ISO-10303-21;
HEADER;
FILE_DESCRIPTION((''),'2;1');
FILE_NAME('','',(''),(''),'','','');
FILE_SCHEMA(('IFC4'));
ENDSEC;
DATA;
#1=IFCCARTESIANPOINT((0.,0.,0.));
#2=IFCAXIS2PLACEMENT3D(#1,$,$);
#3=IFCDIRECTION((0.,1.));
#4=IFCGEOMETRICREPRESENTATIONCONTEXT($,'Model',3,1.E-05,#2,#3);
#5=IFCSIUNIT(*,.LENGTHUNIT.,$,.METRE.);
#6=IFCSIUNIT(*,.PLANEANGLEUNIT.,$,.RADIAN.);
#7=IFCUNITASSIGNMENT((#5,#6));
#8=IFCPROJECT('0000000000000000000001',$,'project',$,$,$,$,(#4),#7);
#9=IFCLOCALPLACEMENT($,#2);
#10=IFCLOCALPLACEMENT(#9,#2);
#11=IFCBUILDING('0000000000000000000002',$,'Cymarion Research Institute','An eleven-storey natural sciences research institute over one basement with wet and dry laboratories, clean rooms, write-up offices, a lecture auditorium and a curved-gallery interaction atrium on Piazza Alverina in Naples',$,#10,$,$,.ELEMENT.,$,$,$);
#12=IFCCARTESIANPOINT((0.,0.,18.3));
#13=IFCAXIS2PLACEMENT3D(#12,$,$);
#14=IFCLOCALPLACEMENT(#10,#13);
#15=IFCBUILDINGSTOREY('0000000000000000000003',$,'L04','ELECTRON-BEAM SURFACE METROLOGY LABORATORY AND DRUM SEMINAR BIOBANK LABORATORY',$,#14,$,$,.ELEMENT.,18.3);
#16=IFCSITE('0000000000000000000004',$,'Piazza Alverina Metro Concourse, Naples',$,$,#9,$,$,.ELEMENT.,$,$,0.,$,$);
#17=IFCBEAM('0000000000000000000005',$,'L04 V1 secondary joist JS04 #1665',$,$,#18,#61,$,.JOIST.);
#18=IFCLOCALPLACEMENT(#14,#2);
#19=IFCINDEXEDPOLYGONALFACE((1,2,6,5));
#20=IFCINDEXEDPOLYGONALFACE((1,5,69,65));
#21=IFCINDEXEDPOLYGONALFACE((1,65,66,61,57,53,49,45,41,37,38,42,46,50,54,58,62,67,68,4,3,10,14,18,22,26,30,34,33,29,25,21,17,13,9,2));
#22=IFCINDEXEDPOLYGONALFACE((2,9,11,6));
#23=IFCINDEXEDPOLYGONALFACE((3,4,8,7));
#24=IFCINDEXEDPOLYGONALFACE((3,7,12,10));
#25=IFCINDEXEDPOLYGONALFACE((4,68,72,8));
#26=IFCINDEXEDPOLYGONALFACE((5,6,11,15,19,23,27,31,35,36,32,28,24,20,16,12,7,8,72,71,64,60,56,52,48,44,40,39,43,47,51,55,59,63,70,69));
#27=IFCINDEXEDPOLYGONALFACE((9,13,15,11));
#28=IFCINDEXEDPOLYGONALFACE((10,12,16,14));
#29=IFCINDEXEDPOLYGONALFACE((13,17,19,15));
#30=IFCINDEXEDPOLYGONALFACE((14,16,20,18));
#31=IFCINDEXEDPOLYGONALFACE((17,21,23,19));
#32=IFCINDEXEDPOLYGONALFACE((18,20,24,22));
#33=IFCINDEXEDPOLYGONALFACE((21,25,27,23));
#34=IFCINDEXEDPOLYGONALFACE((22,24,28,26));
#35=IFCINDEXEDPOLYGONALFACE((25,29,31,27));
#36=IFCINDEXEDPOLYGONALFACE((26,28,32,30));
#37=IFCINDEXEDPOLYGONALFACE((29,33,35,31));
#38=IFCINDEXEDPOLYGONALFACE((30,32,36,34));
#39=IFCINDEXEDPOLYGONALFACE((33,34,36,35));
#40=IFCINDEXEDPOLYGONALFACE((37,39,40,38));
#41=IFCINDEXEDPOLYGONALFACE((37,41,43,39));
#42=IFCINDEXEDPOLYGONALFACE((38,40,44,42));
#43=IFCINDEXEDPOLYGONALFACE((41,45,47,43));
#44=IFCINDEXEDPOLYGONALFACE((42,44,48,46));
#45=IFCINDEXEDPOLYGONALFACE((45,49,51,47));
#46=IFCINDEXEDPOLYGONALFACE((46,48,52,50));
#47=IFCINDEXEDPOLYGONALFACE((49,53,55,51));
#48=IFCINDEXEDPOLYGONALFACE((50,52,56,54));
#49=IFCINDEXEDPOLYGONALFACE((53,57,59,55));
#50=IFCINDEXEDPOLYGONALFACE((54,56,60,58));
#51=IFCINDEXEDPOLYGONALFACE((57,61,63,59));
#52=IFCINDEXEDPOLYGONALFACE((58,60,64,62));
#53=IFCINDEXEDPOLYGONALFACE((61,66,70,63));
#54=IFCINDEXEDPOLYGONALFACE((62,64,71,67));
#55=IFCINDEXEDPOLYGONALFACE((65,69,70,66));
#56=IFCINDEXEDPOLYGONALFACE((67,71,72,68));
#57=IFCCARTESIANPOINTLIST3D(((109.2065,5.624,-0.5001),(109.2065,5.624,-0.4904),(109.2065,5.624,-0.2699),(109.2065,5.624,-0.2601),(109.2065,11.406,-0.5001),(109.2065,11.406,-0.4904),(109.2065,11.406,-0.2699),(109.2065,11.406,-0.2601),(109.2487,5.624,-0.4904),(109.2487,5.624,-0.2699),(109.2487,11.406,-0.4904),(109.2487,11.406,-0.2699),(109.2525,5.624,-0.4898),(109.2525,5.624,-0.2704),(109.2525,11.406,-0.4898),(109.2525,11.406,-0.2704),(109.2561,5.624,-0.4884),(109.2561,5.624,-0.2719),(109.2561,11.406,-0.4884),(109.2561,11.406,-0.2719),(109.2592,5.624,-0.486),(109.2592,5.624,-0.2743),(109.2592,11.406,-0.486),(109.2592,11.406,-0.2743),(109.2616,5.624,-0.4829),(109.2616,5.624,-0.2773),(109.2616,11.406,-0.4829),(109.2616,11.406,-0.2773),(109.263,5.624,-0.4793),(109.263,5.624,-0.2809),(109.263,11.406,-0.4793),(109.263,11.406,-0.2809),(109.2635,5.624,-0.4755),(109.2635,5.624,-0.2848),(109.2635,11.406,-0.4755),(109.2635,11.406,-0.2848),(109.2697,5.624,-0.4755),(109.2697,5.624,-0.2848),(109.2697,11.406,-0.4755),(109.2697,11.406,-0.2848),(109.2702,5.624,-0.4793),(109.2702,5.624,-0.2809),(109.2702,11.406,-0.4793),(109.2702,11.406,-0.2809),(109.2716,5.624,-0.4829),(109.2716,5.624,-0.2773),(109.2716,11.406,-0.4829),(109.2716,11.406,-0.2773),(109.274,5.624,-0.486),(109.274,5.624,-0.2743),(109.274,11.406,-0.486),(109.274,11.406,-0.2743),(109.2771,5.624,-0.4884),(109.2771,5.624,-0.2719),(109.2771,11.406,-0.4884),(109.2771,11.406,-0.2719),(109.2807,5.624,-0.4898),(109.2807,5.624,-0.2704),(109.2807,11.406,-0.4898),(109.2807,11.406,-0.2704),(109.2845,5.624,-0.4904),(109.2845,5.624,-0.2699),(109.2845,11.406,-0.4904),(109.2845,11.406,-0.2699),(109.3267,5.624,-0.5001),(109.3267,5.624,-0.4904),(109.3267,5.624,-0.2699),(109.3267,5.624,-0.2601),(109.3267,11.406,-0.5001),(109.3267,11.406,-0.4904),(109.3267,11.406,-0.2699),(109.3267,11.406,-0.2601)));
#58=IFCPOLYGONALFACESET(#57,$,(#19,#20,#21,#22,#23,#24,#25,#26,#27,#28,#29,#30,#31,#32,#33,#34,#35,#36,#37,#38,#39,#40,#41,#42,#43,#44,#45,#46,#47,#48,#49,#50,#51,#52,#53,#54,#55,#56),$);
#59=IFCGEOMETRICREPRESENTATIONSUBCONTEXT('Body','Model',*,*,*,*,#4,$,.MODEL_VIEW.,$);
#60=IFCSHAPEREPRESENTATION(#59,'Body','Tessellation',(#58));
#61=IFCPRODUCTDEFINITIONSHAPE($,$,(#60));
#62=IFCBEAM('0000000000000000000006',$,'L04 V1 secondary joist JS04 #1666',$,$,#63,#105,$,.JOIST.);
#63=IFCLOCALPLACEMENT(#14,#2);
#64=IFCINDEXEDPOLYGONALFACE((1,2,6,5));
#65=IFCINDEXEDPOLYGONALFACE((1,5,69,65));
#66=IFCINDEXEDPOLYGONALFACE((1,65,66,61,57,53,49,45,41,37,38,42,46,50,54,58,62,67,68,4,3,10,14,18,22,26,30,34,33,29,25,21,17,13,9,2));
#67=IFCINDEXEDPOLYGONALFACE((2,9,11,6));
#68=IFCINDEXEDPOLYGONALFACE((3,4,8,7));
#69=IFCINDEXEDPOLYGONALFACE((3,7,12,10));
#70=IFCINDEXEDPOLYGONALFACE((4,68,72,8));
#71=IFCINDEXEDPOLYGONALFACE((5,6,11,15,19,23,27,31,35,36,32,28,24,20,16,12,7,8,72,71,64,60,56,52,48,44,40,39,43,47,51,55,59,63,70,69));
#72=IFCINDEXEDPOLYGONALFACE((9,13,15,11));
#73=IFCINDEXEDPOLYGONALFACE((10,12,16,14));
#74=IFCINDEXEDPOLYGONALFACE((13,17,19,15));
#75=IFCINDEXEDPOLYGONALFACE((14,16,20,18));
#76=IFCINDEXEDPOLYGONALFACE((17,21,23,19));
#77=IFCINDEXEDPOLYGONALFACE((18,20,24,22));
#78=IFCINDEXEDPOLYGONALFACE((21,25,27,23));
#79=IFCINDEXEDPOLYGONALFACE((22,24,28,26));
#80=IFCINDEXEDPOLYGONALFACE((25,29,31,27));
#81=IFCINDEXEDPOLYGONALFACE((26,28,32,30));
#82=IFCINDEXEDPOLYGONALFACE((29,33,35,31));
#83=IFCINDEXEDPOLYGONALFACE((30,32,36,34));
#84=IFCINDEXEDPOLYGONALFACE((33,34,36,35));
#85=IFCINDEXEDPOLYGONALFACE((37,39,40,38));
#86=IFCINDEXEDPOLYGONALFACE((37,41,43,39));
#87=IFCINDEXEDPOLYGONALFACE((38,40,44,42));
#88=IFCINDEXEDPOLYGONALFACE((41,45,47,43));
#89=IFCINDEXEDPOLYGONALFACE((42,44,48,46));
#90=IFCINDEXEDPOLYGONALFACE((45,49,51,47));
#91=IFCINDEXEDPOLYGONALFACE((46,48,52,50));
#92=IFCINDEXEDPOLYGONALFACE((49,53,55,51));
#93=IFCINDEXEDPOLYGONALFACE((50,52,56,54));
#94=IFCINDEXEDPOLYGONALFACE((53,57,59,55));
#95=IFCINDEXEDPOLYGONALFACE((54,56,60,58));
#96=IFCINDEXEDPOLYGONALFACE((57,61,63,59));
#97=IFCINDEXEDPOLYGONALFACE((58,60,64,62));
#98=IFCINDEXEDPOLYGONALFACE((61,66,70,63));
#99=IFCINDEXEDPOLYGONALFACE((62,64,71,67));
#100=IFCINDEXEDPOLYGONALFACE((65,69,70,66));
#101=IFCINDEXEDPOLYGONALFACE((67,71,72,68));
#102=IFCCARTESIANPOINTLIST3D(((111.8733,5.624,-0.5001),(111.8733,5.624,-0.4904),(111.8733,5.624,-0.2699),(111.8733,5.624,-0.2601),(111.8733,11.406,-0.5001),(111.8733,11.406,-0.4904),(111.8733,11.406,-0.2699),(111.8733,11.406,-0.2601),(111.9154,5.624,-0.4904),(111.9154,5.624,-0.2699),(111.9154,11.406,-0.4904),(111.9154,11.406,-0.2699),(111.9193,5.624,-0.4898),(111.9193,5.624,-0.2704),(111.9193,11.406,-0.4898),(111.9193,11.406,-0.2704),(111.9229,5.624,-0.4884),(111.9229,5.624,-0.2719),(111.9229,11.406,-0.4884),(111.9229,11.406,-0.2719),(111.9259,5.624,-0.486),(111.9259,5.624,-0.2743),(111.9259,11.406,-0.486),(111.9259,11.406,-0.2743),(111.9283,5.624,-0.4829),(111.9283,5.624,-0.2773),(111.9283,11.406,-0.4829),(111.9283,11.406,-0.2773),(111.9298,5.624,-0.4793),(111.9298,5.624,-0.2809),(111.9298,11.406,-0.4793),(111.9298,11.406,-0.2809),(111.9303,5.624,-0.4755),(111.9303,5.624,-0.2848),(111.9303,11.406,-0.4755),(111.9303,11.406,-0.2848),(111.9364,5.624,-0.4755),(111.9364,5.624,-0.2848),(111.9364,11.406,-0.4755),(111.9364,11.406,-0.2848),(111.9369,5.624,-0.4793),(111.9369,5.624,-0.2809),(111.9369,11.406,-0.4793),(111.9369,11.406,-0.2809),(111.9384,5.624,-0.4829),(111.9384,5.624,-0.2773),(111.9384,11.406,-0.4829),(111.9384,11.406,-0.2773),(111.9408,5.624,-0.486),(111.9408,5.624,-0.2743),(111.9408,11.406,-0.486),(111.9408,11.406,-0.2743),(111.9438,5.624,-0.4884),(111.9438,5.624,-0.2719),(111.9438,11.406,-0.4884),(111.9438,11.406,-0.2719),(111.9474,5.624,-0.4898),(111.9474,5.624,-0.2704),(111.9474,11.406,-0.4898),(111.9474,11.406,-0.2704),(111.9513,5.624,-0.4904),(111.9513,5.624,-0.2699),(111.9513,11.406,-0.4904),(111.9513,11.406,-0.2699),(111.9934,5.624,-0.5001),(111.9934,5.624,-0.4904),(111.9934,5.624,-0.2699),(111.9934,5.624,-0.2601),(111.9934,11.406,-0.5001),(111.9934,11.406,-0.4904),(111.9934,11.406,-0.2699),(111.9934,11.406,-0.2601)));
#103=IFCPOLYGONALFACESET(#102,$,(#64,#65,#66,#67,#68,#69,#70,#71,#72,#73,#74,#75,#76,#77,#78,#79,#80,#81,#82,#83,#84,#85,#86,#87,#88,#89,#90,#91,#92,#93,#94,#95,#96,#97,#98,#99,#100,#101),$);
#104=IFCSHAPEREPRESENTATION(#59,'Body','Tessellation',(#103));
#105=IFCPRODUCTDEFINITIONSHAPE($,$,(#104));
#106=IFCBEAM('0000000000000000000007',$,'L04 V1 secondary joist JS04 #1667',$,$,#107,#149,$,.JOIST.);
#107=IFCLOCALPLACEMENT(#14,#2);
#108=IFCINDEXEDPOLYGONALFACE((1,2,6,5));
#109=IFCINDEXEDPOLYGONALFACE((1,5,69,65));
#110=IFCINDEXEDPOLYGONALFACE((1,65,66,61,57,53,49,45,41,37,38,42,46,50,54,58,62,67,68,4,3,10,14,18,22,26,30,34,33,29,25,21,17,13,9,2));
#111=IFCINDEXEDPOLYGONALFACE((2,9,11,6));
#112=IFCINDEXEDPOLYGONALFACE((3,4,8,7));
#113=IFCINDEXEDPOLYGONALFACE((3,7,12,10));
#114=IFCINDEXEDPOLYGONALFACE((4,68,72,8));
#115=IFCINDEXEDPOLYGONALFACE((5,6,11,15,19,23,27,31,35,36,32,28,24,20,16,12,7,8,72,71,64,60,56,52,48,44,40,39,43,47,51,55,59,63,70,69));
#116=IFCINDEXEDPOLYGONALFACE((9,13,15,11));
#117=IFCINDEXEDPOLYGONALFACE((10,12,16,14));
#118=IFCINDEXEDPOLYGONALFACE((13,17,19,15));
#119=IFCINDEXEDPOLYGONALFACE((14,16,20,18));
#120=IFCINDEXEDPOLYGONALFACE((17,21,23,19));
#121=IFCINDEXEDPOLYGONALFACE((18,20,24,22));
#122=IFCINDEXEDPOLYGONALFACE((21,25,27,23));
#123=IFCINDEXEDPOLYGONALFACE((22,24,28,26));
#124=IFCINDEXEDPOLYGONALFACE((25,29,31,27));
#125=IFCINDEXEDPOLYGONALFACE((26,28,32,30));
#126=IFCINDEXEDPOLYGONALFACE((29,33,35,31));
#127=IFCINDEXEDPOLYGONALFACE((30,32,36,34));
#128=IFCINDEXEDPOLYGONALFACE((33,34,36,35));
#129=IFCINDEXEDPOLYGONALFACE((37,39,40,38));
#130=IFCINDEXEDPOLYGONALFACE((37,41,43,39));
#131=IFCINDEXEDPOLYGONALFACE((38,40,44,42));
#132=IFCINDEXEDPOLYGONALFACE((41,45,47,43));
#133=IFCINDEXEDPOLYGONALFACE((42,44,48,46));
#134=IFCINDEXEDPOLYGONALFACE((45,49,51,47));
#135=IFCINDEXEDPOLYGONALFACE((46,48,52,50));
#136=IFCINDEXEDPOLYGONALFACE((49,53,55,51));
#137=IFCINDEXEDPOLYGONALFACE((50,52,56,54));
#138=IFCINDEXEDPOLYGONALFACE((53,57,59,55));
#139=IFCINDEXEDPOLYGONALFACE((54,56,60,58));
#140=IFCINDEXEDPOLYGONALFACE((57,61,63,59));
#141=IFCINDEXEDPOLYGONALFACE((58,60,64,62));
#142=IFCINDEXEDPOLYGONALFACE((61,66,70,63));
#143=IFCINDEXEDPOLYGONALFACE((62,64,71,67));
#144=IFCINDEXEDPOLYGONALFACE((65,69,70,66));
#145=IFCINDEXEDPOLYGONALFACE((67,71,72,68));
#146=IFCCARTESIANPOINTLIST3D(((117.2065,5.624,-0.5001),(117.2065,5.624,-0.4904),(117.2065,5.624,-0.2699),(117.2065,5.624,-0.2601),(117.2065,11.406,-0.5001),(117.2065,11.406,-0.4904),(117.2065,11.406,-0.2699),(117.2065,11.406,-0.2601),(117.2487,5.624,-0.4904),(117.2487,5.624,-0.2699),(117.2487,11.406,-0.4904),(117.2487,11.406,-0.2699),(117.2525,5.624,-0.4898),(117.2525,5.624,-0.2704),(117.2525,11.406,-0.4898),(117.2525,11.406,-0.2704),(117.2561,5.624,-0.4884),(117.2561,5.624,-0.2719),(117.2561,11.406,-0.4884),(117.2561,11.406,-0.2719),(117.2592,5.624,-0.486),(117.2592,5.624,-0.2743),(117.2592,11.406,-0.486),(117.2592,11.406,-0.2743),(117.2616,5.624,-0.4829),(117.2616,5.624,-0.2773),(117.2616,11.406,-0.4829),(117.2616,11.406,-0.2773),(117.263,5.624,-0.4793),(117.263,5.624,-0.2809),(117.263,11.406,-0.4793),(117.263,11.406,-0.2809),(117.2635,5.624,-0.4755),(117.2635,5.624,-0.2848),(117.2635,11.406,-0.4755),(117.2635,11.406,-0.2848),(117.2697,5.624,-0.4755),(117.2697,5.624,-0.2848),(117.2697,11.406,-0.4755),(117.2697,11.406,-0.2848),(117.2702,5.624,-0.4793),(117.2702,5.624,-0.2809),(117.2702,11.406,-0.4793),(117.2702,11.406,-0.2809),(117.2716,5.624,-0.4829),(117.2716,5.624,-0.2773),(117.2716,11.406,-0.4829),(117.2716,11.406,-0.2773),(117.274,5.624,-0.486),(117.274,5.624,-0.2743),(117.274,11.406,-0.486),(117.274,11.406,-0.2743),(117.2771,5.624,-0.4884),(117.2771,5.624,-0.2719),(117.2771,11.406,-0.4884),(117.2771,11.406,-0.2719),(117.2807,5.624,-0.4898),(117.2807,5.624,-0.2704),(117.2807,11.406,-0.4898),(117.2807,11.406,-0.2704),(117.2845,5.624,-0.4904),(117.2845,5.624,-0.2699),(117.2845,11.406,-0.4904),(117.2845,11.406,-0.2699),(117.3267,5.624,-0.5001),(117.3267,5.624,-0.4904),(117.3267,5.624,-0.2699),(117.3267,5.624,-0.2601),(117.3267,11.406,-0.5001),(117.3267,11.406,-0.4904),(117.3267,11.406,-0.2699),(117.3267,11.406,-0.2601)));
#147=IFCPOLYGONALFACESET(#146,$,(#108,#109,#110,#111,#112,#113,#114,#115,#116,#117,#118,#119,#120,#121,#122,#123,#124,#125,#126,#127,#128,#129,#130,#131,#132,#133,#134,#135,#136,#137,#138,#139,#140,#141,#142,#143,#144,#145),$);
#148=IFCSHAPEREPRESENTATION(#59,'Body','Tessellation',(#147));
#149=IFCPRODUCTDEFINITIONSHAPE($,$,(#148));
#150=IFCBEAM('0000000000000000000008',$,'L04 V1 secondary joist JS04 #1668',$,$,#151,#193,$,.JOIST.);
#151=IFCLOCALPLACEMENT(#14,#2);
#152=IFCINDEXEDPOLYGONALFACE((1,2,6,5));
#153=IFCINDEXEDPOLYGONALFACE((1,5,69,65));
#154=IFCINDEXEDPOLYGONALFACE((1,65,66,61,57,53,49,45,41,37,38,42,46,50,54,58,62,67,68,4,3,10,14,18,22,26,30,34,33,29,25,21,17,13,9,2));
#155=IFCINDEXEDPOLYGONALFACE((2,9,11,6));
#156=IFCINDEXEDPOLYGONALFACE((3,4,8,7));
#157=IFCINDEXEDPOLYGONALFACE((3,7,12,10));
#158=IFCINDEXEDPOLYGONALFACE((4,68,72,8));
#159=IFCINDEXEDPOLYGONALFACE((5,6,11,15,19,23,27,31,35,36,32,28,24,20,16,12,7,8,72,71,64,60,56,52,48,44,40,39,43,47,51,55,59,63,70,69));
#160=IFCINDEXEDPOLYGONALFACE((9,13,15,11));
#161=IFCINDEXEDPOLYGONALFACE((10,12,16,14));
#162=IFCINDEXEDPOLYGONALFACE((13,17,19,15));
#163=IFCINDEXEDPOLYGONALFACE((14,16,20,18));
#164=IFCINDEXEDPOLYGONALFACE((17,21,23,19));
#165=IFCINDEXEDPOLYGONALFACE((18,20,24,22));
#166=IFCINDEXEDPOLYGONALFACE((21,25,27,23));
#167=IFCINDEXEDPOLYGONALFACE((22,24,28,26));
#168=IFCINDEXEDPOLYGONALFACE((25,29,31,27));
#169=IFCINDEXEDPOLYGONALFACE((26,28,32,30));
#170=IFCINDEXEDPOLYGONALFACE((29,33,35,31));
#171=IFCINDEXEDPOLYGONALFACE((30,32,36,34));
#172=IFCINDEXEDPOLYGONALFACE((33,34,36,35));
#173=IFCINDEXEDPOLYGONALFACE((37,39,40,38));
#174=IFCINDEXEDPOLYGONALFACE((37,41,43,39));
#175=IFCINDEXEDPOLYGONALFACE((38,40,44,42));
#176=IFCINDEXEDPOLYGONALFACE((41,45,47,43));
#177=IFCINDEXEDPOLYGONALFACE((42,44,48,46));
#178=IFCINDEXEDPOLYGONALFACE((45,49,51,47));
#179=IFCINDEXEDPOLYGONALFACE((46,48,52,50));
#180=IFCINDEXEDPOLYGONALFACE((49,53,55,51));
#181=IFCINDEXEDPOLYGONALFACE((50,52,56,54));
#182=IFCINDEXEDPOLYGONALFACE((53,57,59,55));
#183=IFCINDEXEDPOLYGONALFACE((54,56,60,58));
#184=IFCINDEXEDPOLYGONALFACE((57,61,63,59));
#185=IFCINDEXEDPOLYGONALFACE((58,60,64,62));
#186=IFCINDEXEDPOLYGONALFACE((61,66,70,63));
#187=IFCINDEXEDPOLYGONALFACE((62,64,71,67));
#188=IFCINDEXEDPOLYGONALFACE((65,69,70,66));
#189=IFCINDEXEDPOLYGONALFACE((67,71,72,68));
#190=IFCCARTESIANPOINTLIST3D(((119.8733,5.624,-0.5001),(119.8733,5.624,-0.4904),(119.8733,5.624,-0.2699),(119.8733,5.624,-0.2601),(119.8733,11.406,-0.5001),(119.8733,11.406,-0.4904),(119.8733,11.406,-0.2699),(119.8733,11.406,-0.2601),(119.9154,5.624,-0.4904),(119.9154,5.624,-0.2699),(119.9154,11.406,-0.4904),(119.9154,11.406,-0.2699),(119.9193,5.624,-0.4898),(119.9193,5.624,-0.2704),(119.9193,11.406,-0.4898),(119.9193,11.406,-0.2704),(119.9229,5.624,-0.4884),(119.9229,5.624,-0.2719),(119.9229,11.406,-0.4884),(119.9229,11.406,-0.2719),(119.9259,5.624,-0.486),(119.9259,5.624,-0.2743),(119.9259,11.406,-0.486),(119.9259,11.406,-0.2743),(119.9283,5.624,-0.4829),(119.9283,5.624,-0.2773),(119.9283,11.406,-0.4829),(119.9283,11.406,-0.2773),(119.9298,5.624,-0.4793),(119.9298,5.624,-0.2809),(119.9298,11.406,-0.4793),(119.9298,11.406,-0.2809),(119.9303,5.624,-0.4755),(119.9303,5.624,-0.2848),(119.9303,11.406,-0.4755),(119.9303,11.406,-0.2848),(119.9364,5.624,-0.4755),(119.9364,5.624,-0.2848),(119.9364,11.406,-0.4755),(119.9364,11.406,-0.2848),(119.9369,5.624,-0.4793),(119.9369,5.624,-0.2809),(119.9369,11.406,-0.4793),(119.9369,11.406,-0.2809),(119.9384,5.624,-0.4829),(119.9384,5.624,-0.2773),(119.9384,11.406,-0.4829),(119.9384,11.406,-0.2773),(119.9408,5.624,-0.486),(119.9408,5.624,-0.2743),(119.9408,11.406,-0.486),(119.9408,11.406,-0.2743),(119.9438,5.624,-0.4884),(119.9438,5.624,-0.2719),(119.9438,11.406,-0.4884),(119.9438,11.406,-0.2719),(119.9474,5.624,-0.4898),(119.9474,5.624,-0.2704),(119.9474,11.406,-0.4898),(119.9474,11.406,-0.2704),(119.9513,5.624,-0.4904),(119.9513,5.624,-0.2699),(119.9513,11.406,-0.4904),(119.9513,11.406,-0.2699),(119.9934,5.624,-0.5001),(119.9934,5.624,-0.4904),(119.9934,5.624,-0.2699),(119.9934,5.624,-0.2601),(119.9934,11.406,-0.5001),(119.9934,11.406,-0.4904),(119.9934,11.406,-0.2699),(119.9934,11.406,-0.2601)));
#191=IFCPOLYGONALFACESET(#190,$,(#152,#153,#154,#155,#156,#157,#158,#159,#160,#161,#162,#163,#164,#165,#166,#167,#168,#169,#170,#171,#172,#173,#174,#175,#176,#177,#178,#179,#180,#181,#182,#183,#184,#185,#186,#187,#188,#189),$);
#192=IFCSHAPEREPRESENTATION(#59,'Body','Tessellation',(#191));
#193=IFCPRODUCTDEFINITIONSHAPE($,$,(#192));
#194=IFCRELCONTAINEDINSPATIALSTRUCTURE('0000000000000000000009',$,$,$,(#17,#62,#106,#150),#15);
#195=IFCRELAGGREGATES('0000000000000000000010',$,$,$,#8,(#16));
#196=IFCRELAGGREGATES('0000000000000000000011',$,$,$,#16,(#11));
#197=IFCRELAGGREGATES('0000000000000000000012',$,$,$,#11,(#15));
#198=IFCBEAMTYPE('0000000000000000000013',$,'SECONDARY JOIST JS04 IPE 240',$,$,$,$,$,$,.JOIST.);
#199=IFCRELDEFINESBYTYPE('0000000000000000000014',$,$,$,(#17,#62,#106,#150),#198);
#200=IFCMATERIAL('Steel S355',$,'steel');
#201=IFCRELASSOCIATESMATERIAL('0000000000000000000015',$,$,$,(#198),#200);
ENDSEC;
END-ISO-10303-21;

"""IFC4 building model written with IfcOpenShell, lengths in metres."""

from ifc_helpers import new_model, si_unit, direction, frame, origin, origin_2d, place, context, subcontext, project, spatial, i_section, extrude, material, material_profile, profile_set, type_object, element, save


model = new_model("IFC4")

# Units and contexts
model_context = context("Model", 3, precision=1e-05, world=origin(), true_north=direction((0.0, 1.0)))
body_context = subcontext(model_context, "Body", "Model", "MODEL_VIEW")
ifc_project = project(units=[si_unit("LENGTHUNIT", "METRE"), si_unit("PLANEANGLEUNIT", "RADIAN")], contexts=[model_context])

# Site, building, storey
site_placement = place(None, origin())
site = spatial("IfcSite", under=ifc_project, at=site_placement, Name="Piazza Alverina Metro Concourse, Naples", CompositionType="ELEMENT", RefElevation=0.0)
building_placement = place(site_placement, origin())
building = spatial("IfcBuilding", under=site, at=building_placement, Name="Cymarion Research Institute", Description="An eleven-storey natural sciences research institute over one basement with wet and dry laboratories, clean rooms, write-up offices, a lecture auditorium and a curved-gallery interaction atrium on Piazza Alverina in Naples", CompositionType="ELEMENT")
storey_placement = place(building_placement, frame((0.0, 0.0, 18.3)))
storey = spatial("IfcBuildingStorey", under=building, at=storey_placement, Name="L04", Description="ELECTRON-BEAM SURFACE METROLOGY LABORATORY AND DRUM SEMINAR BIOBANK LABORATORY", CompositionType="ELEMENT", Elevation=18.3)

# Beams
ifc_material = material(Name="Steel S355", Category="steel")
ifc_material_profile_1 = material_profile(ifc_material, i_section(OverallWidth=0.1201, OverallDepth=0.24, WebThickness=0.0061, FlangeThickness=0.0098, FilletRadius=0.0149, at=origin_2d()), Name="IPE 240")
ifc_profile_set_1 = profile_set([ifc_material_profile_1], Name="Steel S355")
beam_type_1 = type_object("IfcBeamType", Name="SECONDARY JOIST JS04 IPE 240", PredefinedType="JOIST", material=ifc_profile_set_1)
for number, where, z_axis, x_axis, name in (
    (1, (109.2666, 5.624, -0.3801), (0.0, 1.0, 0.0), (-1.0, 0.0, 0.0), "L04 V1 secondary joist JS04 #1665"),
    (2, (111.9333, 5.624, -0.3801), (0.0, 1.0, 0.0), (-1.0, 0.0, 0.0), "L04 V1 secondary joist JS04 #1666"),
    (3, (117.2666, 5.624, -0.3801), (0.0, 1.0, 0.0), (-1.0, 0.0, 0.0), "L04 V1 secondary joist JS04 #1667"),
    (4, (119.9333, 5.624, -0.3801), (0.0, 1.0, 0.0), (-1.0, 0.0, 0.0), "L04 V1 secondary joist JS04 #1668"),
):
    element("IfcBeam", number, at=place(storey_placement, frame(where, z_axis=z_axis, x_axis=x_axis)), inside=storey, type_object=beam_type_1, Name=name, PredefinedType="JOIST", context=body_context, shape_type="SweptSolid", body=[
        extrude(i_section(OverallWidth=0.1201, OverallDepth=0.24, WebThickness=0.0061, FlangeThickness=0.0098, FilletRadius=0.0149, at=origin_2d()), origin(), (0.0, 0.0, 1.0), 5.782),
    ])

save(model, "model.ifc")
